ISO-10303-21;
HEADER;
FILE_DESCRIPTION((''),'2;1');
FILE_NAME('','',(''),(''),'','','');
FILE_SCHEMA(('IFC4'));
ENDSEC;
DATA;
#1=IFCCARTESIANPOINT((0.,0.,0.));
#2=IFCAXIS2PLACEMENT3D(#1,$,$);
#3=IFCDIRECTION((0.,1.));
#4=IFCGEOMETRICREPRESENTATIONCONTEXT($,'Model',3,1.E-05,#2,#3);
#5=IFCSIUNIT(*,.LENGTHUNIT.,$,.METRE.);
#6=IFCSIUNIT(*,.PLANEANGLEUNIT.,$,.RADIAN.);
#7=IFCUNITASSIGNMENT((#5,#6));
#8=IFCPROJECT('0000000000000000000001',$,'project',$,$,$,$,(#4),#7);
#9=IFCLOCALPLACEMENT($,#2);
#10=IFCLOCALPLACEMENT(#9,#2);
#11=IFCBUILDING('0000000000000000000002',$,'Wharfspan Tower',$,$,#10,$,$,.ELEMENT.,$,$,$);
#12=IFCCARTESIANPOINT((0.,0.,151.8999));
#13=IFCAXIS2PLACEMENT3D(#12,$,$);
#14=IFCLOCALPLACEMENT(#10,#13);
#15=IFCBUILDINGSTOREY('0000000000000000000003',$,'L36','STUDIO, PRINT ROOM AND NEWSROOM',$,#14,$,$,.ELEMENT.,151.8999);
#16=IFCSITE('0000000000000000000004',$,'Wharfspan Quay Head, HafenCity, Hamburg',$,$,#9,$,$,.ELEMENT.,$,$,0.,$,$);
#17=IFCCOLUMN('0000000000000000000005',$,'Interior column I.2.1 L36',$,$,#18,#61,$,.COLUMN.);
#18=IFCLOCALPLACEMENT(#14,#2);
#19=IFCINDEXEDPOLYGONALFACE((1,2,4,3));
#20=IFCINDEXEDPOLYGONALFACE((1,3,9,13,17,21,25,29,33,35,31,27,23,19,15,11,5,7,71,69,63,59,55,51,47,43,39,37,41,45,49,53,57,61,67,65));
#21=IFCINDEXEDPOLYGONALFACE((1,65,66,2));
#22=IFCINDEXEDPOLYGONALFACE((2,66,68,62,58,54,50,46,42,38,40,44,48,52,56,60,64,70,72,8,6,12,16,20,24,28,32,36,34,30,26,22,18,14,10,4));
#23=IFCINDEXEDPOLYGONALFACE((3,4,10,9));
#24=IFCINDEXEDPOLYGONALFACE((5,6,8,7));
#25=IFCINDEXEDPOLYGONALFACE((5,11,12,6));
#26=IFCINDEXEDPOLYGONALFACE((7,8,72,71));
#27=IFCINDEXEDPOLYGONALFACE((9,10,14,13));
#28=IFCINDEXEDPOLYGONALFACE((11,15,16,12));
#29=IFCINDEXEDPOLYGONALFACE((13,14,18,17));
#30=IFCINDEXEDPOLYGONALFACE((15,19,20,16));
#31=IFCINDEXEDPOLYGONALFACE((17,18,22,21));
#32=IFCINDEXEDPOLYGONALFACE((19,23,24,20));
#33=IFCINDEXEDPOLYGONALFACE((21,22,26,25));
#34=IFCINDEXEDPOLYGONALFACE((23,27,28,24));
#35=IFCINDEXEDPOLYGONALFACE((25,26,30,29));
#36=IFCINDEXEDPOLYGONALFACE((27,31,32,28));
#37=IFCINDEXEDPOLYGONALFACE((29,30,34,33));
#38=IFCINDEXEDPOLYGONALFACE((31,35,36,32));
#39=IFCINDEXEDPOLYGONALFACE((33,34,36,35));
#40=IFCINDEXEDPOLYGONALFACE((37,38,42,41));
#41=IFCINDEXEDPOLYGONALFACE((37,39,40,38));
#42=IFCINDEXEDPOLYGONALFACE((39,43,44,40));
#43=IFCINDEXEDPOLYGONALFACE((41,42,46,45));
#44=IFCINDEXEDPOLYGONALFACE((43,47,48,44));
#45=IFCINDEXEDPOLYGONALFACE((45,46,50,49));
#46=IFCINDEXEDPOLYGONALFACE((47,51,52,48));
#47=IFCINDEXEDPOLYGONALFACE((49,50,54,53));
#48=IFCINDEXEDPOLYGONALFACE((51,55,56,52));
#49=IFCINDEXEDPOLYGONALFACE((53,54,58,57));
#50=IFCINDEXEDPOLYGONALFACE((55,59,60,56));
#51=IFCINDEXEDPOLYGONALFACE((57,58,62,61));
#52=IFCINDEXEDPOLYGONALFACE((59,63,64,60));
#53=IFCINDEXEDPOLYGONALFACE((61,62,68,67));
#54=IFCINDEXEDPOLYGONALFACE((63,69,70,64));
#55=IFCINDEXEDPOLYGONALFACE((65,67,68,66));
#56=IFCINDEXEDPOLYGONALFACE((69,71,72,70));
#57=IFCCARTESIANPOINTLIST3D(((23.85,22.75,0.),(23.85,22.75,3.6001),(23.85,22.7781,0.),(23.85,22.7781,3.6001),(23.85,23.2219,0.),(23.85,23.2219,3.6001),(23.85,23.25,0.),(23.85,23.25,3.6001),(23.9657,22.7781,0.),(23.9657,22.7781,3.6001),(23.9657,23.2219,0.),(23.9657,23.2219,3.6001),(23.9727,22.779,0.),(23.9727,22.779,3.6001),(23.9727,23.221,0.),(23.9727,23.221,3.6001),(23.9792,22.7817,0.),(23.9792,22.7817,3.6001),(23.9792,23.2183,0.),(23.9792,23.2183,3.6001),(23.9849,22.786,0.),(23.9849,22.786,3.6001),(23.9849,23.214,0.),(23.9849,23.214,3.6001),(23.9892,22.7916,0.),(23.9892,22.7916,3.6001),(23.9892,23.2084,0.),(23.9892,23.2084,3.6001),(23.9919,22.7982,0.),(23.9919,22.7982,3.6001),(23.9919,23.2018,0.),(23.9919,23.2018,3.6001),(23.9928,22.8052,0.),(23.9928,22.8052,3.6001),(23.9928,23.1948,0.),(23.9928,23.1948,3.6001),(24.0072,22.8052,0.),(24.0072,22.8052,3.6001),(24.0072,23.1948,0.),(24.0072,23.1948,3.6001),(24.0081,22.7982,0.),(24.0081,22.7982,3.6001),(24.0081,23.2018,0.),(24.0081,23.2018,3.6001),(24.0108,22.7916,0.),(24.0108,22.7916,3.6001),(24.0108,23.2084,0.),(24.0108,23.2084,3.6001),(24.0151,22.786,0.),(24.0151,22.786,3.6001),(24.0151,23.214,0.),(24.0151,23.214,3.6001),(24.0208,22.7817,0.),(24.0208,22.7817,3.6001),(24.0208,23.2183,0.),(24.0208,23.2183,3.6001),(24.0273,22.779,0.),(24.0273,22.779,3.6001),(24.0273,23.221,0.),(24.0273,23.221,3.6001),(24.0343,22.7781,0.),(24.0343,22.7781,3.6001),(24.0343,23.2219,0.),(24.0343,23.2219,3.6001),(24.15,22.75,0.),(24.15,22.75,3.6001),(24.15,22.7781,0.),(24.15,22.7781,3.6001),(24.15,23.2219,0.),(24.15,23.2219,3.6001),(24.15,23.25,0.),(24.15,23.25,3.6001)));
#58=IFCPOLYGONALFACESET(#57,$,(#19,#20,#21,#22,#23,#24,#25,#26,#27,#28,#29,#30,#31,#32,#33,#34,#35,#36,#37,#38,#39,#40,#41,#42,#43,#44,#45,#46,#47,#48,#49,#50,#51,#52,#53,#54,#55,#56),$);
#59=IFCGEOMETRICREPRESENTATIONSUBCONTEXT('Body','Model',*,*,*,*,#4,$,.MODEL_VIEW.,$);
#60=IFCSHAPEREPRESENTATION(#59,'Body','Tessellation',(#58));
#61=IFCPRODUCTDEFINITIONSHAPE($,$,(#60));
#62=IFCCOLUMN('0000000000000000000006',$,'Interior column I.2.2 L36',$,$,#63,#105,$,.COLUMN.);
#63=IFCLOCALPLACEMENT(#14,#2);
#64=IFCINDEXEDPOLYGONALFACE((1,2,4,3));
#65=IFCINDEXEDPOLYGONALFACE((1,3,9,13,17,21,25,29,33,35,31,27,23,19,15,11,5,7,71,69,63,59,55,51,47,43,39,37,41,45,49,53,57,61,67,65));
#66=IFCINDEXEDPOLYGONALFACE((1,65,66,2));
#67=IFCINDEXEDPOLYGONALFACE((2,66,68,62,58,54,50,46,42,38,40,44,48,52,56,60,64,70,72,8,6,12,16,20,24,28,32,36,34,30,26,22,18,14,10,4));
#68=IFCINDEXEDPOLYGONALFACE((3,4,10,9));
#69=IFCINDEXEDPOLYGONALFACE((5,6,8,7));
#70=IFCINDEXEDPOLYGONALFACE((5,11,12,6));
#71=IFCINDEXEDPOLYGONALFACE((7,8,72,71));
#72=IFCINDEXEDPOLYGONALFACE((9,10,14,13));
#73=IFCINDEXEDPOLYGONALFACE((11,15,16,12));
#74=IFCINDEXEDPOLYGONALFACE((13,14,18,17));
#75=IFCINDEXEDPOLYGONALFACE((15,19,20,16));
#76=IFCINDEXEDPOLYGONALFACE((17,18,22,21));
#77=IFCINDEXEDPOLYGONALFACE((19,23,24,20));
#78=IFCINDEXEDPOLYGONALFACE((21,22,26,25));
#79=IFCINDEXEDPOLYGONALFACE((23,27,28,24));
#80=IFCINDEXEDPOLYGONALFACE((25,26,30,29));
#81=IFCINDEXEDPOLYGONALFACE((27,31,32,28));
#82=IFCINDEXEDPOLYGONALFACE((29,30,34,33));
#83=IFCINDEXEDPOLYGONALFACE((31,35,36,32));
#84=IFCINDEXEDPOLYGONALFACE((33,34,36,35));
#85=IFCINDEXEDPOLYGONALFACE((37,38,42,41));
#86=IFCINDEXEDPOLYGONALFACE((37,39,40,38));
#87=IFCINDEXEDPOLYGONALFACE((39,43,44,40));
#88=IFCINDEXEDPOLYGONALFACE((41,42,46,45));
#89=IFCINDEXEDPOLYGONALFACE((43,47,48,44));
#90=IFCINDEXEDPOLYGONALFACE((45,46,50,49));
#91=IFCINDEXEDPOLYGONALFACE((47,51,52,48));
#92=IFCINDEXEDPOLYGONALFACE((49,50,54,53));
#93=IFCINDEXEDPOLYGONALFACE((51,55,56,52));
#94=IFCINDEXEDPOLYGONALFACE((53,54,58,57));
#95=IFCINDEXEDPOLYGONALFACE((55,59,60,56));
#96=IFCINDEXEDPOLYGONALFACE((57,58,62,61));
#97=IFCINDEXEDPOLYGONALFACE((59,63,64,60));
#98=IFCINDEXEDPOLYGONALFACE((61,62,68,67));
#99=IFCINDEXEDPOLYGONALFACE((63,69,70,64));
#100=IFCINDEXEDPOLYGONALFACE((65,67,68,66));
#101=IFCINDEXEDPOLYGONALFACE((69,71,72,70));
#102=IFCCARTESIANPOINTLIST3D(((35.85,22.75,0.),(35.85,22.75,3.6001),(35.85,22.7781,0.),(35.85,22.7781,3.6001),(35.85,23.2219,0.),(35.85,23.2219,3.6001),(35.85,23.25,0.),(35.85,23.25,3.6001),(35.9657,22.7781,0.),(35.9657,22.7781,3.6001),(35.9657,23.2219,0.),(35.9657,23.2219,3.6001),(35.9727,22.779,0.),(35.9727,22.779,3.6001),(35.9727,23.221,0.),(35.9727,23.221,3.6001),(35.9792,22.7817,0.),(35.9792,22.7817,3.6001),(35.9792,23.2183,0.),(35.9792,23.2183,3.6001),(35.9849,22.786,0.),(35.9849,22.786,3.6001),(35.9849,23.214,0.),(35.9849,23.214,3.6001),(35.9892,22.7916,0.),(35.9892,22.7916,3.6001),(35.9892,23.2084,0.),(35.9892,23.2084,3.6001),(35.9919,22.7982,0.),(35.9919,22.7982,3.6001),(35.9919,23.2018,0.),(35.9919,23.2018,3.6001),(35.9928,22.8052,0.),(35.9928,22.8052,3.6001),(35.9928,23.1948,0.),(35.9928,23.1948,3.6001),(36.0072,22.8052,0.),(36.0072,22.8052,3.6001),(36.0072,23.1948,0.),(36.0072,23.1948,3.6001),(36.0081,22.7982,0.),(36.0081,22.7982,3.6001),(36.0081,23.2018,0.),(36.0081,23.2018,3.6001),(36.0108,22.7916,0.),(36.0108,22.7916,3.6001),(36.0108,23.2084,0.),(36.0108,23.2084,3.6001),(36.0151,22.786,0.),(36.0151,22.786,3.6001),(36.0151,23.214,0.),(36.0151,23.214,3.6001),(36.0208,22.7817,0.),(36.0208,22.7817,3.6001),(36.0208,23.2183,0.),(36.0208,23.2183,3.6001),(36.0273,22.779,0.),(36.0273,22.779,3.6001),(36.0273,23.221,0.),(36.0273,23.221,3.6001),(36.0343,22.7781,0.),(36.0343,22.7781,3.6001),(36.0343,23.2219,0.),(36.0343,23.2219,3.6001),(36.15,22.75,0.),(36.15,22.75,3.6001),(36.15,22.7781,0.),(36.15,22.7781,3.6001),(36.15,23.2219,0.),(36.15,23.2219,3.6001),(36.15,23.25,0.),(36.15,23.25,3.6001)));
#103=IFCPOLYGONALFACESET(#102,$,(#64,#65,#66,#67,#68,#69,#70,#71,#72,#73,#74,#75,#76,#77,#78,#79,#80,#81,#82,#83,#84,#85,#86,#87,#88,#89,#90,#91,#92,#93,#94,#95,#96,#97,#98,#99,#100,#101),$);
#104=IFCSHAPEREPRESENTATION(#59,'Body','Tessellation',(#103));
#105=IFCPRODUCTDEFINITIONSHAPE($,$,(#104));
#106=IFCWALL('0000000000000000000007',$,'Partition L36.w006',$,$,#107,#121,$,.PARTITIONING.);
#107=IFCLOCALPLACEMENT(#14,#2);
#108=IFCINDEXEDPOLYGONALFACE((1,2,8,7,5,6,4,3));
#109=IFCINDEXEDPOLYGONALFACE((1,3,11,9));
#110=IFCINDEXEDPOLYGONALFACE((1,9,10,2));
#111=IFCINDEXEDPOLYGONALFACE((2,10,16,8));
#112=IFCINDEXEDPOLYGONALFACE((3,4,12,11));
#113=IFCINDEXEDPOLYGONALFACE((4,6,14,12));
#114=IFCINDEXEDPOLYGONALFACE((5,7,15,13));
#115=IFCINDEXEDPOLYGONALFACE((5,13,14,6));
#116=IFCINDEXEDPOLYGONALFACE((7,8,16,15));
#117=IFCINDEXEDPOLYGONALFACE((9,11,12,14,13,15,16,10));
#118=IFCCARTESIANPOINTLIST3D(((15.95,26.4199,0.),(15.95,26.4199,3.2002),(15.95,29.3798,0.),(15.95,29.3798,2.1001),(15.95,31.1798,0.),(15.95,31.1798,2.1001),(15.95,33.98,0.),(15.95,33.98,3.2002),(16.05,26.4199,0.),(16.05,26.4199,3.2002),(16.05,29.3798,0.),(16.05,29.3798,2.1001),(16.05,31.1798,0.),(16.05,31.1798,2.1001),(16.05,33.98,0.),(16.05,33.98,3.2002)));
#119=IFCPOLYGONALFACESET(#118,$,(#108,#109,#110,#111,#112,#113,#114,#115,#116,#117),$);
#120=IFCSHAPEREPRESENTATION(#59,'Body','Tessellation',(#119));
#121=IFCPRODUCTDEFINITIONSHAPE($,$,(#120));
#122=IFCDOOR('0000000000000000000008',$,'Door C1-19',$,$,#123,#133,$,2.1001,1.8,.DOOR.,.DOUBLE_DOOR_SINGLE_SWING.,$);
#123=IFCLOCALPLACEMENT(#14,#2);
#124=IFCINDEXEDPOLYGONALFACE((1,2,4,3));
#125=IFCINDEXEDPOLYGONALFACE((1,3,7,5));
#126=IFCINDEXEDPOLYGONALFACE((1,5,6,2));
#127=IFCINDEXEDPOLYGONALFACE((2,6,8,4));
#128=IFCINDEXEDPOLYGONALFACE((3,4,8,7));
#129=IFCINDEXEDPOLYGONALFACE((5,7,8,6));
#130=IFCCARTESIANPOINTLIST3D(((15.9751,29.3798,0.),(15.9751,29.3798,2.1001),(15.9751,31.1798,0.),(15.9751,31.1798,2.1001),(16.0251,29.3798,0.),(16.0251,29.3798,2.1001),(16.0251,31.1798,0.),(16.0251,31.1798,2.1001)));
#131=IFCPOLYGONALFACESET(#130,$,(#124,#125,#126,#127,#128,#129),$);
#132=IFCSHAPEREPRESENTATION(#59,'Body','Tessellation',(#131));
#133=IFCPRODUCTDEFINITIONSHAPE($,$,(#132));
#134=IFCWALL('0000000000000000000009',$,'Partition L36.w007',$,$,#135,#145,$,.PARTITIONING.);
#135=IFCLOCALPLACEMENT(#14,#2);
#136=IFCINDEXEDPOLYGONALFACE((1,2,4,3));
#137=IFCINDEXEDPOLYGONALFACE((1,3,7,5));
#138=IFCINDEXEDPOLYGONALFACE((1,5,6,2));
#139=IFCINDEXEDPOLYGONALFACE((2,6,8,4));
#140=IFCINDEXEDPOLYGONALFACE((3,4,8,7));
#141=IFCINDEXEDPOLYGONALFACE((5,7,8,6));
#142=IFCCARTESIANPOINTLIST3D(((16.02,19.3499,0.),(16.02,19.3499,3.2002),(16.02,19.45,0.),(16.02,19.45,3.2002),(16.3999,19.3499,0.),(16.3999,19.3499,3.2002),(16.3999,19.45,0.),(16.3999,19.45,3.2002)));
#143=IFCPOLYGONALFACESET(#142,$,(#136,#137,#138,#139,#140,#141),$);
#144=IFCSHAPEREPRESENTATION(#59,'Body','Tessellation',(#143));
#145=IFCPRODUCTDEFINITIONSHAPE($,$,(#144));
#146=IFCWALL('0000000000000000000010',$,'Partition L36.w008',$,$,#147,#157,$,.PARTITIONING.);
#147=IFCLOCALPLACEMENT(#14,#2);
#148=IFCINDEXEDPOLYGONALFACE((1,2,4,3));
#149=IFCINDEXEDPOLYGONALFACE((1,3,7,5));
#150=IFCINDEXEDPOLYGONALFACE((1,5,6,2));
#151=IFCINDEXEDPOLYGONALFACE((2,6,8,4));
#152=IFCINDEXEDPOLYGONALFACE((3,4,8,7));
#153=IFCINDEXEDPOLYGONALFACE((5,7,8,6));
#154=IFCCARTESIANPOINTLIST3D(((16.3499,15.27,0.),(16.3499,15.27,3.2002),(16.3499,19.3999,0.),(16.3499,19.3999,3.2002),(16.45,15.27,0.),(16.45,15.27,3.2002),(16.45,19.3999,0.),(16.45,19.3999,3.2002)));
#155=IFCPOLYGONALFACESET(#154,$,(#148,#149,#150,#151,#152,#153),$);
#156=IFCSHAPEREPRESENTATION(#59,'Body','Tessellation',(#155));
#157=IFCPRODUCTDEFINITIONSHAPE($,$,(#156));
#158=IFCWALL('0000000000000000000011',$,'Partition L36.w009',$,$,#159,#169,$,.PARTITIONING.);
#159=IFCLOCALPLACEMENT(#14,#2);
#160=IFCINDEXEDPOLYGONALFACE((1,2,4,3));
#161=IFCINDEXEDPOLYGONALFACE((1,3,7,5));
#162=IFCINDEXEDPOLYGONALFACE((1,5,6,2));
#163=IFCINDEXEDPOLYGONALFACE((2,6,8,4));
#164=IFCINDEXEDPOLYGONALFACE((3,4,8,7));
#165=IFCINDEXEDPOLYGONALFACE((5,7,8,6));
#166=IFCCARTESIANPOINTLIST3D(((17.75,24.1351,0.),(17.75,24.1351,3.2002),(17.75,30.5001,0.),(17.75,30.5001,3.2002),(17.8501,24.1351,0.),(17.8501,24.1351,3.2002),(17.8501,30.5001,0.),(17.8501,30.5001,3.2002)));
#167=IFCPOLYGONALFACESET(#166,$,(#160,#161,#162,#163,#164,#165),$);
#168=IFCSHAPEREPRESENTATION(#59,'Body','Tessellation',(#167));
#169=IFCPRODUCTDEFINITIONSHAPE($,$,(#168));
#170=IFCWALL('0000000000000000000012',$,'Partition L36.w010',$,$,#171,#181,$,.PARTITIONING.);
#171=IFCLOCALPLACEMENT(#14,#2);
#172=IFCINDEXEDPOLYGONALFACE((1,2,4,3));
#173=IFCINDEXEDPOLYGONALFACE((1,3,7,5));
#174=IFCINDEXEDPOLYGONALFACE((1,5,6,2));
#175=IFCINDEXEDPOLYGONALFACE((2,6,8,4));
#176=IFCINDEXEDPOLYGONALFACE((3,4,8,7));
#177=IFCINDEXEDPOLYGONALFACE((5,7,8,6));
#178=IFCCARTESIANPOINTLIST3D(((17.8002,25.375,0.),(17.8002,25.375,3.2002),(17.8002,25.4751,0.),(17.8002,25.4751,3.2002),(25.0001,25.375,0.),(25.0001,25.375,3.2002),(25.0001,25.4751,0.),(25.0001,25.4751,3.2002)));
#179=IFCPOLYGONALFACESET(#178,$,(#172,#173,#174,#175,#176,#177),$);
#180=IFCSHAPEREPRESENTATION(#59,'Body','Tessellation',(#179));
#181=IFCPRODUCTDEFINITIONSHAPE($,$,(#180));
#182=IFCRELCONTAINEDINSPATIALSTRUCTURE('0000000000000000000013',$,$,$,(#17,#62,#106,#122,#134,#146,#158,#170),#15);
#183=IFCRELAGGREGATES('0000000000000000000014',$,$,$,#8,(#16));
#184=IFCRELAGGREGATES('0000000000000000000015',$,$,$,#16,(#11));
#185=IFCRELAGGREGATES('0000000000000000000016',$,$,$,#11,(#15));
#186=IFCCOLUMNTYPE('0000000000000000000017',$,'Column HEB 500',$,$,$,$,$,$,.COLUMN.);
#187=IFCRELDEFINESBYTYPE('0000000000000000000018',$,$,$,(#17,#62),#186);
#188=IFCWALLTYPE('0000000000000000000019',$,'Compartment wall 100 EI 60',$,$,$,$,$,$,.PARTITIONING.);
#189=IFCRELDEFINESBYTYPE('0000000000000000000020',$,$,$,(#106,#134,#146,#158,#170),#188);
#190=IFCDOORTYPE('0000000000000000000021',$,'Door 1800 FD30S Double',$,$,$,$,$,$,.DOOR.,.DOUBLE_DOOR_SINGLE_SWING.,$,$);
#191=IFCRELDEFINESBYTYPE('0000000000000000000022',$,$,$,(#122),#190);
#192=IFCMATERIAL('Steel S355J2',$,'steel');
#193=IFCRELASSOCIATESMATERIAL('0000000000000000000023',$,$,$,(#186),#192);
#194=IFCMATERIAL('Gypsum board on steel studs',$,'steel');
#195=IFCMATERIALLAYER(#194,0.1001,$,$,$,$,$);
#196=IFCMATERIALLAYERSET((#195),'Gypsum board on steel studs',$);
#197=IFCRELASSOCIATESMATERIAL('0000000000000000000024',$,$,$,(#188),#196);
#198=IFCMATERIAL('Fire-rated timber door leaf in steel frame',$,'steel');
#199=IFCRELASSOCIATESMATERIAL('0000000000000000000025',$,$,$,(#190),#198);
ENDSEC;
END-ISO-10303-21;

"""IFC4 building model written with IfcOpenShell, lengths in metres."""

from ifc_helpers import new_model, si_unit, direction, frame, frame_2d, origin, origin_2d, place, context, subcontext, project, spatial, rectangle, i_section, extrude, material, layer, layer_set, material_profile, profile_set, type_object, element, fill, save


model = new_model("IFC4")

# Units and contexts
model_context = context("Model", 3, precision=1e-05, world=origin(), true_north=direction((0.0, 1.0)))
body_context = subcontext(model_context, "Body", "Model", "MODEL_VIEW")
ifc_project = project(units=[si_unit("LENGTHUNIT", "METRE"), si_unit("PLANEANGLEUNIT", "RADIAN")], contexts=[model_context])

# Site, building, storey
site_placement = place(None, origin())
site = spatial("IfcSite", under=ifc_project, at=site_placement, Name="Wharfspan Quay Head, HafenCity, Hamburg", CompositionType="ELEMENT", RefElevation=0.0)
building_placement = place(site_placement, origin())
building = spatial("IfcBuilding", under=site, at=building_placement, Name="Wharfspan Tower", CompositionType="ELEMENT")
storey_placement = place(building_placement, frame((0.0, 0.0, 151.8999)))
storey = spatial("IfcBuildingStorey", under=building, at=storey_placement, Name="L36", Description="STUDIO, PRINT ROOM AND NEWSROOM", CompositionType="ELEMENT", Elevation=151.8999)

# Columns
ifc_material_1 = material(Name="Steel S355J2", Category="steel")
ifc_material_profile = material_profile(ifc_material_1, i_section(OverallWidth=0.3, OverallDepth=0.5, WebThickness=0.0144, FlangeThickness=0.0281, FilletRadius=0.0271, at=origin_2d()))
ifc_profile_set = profile_set([ifc_material_profile], Name="Steel S355J2")
column_type = type_object("IfcColumnType", Name="Column HEB 500", PredefinedType="COLUMN", material=ifc_profile_set)
for number, where, z_axis, x_axis, name in (
    (1, (24.0, 23.0, 0.0), (0.0, 0.0, 1.0), (1.0, 0.0, 0.0), "Interior column I.2.1 L36"),
    (2, (36.0, 23.0, 0.0), (0.0, 0.0, 1.0), (1.0, 0.0, 0.0), "Interior column I.2.2 L36"),
):
    element("IfcColumn", number, at=place(storey_placement, frame(where, z_axis=z_axis, x_axis=x_axis)), inside=storey, type_object=column_type, Name=name, PredefinedType="COLUMN", context=body_context, shape_type="SweptSolid", body=[
        extrude(i_section(OverallWidth=0.3, OverallDepth=0.5, WebThickness=0.0144, FlangeThickness=0.0281, FilletRadius=0.0271, at=origin_2d()), origin(), (0.0, 0.0, 1.0), 3.6001),
    ])

# Wall, opening, door
ifc_material_2 = material(Name="Gypsum board on steel studs", Category="steel")
ifc_layer_1 = layer(ifc_material_2, 0.1001)
ifc_layer_set_1 = layer_set([ifc_layer_1], Name="Gypsum board on steel studs")
wall_type_1 = type_object("IfcWallType", Name="Compartment wall 100 EI 60", PredefinedType="PARTITIONING", material=ifc_layer_set_1)
wall_1_placement = place(storey_placement, frame((16.0, 26.4199, 0.0), z_axis=(0.0, 0.0, 1.0), x_axis=(0.0, 1.0, 0.0)))
wall_1 = element("IfcWall", 3, at=wall_1_placement, inside=storey, type_object=wall_type_1, Name="Partition L36.w006", PredefinedType="PARTITIONING", context=body_context, shape_type="SweptSolid", body=[
    extrude(rectangle(XDim=7.5601, YDim=0.1001, at=frame_2d((3.78, 0.0))), origin(), (0.0, 0.0, 1.0), 3.2002),
])
opening_1_placement = place(wall_1_placement, frame((2.96, 0.0, 0.0)))
opening_1 = element("IfcOpeningElement", 4, at=opening_1_placement, cuts=wall_1, PredefinedType="OPENING", context=body_context, shape_type="SweptSolid", body=[
    extrude(rectangle(XDim=1.8, YDim=2.1001, at=frame_2d((0.8999, 1.05))), frame((0.0, 0.0601, 0.0), z_axis=(0.0, -1.0, 0.0), x_axis=(1.0, 0.0, 0.0)), (0.0, 0.0, 1.0), 0.1201),
])
ifc_material_3 = material(Name="Fire-rated timber door leaf in steel frame", Category="steel")
door_type_1 = type_object("IfcDoorType", Name="Door 1800 FD30S Double", OperationType="DOUBLE_DOOR_SINGLE_SWING", PredefinedType="DOOR", material=ifc_material_3)
door_1_placement = place(opening_1_placement, origin())
door_1 = element("IfcDoor", 5, at=door_1_placement, inside=storey, type_object=door_type_1, Name="Door C1-19", OperationType="DOUBLE_DOOR_SINGLE_SWING", OverallHeight=2.1001, OverallWidth=1.8, PredefinedType="DOOR", context=body_context, shape_type="SweptSolid", body=[
    extrude(rectangle(XDim=1.8, YDim=2.1001, at=frame_2d((0.8999, 1.05))), frame((0.0, 0.0249, 0.0), z_axis=(0.0, -1.0, 0.0), x_axis=(1.0, 0.0, 0.0)), (0.0, 0.0, 1.0), 0.05),
])
fill(opening_1, door_1)

# Walls
wall_2_placement = place(storey_placement, frame((16.02, 19.3999, 0.0), z_axis=(0.0, 0.0, 1.0), x_axis=(1.0, 0.0, 0.0)))
element("IfcWall", 6, at=wall_2_placement, inside=storey, type_object=wall_type_1, Name="Partition L36.w007", PredefinedType="PARTITIONING", context=body_context, shape_type="SweptSolid", body=[
    extrude(rectangle(XDim=0.3799, YDim=0.1001, at=frame_2d((0.1899, 0.0))), origin(), (0.0, 0.0, 1.0), 3.2002),
])
wall_3_placement = place(storey_placement, frame((16.3999, 15.27, 0.0), z_axis=(0.0, 0.0, 1.0), x_axis=(0.0, 1.0, 0.0)))
element("IfcWall", 7, at=wall_3_placement, inside=storey, type_object=wall_type_1, Name="Partition L36.w008", PredefinedType="PARTITIONING", context=body_context, shape_type="SweptSolid", body=[
    extrude(rectangle(XDim=4.1299, YDim=0.1001, at=frame_2d((2.0649, 0.0))), origin(), (0.0, 0.0, 1.0), 3.2002),
])
wall_4_placement = place(storey_placement, frame((17.8, 24.135, 0.0), z_axis=(0.0, 0.0, 1.0), x_axis=(0.0, 1.0, 0.0)))
element("IfcWall", 8, at=wall_4_placement, inside=storey, type_object=wall_type_1, Name="Partition L36.w009", PredefinedType="PARTITIONING", context=body_context, shape_type="SweptSolid", body=[
    extrude(rectangle(XDim=6.365, YDim=0.1001, at=frame_2d((3.1826, 0.0))), origin(), (0.0, 0.0, 1.0), 3.2002),
])
wall_5_placement = place(storey_placement, frame((17.8, 25.425, 0.0), z_axis=(0.0, 0.0, 1.0), x_axis=(1.0, 0.0, 0.0)))
element("IfcWall", 9, at=wall_5_placement, inside=storey, type_object=wall_type_1, Name="Partition L36.w010", PredefinedType="PARTITIONING", context=body_context, shape_type="SweptSolid", body=[
    extrude(rectangle(XDim=7.2, YDim=0.1001, at=frame_2d((3.6001, 0.0))), origin(), (0.0, 0.0, 1.0), 3.2002),
])

save(model, "model.ifc")
